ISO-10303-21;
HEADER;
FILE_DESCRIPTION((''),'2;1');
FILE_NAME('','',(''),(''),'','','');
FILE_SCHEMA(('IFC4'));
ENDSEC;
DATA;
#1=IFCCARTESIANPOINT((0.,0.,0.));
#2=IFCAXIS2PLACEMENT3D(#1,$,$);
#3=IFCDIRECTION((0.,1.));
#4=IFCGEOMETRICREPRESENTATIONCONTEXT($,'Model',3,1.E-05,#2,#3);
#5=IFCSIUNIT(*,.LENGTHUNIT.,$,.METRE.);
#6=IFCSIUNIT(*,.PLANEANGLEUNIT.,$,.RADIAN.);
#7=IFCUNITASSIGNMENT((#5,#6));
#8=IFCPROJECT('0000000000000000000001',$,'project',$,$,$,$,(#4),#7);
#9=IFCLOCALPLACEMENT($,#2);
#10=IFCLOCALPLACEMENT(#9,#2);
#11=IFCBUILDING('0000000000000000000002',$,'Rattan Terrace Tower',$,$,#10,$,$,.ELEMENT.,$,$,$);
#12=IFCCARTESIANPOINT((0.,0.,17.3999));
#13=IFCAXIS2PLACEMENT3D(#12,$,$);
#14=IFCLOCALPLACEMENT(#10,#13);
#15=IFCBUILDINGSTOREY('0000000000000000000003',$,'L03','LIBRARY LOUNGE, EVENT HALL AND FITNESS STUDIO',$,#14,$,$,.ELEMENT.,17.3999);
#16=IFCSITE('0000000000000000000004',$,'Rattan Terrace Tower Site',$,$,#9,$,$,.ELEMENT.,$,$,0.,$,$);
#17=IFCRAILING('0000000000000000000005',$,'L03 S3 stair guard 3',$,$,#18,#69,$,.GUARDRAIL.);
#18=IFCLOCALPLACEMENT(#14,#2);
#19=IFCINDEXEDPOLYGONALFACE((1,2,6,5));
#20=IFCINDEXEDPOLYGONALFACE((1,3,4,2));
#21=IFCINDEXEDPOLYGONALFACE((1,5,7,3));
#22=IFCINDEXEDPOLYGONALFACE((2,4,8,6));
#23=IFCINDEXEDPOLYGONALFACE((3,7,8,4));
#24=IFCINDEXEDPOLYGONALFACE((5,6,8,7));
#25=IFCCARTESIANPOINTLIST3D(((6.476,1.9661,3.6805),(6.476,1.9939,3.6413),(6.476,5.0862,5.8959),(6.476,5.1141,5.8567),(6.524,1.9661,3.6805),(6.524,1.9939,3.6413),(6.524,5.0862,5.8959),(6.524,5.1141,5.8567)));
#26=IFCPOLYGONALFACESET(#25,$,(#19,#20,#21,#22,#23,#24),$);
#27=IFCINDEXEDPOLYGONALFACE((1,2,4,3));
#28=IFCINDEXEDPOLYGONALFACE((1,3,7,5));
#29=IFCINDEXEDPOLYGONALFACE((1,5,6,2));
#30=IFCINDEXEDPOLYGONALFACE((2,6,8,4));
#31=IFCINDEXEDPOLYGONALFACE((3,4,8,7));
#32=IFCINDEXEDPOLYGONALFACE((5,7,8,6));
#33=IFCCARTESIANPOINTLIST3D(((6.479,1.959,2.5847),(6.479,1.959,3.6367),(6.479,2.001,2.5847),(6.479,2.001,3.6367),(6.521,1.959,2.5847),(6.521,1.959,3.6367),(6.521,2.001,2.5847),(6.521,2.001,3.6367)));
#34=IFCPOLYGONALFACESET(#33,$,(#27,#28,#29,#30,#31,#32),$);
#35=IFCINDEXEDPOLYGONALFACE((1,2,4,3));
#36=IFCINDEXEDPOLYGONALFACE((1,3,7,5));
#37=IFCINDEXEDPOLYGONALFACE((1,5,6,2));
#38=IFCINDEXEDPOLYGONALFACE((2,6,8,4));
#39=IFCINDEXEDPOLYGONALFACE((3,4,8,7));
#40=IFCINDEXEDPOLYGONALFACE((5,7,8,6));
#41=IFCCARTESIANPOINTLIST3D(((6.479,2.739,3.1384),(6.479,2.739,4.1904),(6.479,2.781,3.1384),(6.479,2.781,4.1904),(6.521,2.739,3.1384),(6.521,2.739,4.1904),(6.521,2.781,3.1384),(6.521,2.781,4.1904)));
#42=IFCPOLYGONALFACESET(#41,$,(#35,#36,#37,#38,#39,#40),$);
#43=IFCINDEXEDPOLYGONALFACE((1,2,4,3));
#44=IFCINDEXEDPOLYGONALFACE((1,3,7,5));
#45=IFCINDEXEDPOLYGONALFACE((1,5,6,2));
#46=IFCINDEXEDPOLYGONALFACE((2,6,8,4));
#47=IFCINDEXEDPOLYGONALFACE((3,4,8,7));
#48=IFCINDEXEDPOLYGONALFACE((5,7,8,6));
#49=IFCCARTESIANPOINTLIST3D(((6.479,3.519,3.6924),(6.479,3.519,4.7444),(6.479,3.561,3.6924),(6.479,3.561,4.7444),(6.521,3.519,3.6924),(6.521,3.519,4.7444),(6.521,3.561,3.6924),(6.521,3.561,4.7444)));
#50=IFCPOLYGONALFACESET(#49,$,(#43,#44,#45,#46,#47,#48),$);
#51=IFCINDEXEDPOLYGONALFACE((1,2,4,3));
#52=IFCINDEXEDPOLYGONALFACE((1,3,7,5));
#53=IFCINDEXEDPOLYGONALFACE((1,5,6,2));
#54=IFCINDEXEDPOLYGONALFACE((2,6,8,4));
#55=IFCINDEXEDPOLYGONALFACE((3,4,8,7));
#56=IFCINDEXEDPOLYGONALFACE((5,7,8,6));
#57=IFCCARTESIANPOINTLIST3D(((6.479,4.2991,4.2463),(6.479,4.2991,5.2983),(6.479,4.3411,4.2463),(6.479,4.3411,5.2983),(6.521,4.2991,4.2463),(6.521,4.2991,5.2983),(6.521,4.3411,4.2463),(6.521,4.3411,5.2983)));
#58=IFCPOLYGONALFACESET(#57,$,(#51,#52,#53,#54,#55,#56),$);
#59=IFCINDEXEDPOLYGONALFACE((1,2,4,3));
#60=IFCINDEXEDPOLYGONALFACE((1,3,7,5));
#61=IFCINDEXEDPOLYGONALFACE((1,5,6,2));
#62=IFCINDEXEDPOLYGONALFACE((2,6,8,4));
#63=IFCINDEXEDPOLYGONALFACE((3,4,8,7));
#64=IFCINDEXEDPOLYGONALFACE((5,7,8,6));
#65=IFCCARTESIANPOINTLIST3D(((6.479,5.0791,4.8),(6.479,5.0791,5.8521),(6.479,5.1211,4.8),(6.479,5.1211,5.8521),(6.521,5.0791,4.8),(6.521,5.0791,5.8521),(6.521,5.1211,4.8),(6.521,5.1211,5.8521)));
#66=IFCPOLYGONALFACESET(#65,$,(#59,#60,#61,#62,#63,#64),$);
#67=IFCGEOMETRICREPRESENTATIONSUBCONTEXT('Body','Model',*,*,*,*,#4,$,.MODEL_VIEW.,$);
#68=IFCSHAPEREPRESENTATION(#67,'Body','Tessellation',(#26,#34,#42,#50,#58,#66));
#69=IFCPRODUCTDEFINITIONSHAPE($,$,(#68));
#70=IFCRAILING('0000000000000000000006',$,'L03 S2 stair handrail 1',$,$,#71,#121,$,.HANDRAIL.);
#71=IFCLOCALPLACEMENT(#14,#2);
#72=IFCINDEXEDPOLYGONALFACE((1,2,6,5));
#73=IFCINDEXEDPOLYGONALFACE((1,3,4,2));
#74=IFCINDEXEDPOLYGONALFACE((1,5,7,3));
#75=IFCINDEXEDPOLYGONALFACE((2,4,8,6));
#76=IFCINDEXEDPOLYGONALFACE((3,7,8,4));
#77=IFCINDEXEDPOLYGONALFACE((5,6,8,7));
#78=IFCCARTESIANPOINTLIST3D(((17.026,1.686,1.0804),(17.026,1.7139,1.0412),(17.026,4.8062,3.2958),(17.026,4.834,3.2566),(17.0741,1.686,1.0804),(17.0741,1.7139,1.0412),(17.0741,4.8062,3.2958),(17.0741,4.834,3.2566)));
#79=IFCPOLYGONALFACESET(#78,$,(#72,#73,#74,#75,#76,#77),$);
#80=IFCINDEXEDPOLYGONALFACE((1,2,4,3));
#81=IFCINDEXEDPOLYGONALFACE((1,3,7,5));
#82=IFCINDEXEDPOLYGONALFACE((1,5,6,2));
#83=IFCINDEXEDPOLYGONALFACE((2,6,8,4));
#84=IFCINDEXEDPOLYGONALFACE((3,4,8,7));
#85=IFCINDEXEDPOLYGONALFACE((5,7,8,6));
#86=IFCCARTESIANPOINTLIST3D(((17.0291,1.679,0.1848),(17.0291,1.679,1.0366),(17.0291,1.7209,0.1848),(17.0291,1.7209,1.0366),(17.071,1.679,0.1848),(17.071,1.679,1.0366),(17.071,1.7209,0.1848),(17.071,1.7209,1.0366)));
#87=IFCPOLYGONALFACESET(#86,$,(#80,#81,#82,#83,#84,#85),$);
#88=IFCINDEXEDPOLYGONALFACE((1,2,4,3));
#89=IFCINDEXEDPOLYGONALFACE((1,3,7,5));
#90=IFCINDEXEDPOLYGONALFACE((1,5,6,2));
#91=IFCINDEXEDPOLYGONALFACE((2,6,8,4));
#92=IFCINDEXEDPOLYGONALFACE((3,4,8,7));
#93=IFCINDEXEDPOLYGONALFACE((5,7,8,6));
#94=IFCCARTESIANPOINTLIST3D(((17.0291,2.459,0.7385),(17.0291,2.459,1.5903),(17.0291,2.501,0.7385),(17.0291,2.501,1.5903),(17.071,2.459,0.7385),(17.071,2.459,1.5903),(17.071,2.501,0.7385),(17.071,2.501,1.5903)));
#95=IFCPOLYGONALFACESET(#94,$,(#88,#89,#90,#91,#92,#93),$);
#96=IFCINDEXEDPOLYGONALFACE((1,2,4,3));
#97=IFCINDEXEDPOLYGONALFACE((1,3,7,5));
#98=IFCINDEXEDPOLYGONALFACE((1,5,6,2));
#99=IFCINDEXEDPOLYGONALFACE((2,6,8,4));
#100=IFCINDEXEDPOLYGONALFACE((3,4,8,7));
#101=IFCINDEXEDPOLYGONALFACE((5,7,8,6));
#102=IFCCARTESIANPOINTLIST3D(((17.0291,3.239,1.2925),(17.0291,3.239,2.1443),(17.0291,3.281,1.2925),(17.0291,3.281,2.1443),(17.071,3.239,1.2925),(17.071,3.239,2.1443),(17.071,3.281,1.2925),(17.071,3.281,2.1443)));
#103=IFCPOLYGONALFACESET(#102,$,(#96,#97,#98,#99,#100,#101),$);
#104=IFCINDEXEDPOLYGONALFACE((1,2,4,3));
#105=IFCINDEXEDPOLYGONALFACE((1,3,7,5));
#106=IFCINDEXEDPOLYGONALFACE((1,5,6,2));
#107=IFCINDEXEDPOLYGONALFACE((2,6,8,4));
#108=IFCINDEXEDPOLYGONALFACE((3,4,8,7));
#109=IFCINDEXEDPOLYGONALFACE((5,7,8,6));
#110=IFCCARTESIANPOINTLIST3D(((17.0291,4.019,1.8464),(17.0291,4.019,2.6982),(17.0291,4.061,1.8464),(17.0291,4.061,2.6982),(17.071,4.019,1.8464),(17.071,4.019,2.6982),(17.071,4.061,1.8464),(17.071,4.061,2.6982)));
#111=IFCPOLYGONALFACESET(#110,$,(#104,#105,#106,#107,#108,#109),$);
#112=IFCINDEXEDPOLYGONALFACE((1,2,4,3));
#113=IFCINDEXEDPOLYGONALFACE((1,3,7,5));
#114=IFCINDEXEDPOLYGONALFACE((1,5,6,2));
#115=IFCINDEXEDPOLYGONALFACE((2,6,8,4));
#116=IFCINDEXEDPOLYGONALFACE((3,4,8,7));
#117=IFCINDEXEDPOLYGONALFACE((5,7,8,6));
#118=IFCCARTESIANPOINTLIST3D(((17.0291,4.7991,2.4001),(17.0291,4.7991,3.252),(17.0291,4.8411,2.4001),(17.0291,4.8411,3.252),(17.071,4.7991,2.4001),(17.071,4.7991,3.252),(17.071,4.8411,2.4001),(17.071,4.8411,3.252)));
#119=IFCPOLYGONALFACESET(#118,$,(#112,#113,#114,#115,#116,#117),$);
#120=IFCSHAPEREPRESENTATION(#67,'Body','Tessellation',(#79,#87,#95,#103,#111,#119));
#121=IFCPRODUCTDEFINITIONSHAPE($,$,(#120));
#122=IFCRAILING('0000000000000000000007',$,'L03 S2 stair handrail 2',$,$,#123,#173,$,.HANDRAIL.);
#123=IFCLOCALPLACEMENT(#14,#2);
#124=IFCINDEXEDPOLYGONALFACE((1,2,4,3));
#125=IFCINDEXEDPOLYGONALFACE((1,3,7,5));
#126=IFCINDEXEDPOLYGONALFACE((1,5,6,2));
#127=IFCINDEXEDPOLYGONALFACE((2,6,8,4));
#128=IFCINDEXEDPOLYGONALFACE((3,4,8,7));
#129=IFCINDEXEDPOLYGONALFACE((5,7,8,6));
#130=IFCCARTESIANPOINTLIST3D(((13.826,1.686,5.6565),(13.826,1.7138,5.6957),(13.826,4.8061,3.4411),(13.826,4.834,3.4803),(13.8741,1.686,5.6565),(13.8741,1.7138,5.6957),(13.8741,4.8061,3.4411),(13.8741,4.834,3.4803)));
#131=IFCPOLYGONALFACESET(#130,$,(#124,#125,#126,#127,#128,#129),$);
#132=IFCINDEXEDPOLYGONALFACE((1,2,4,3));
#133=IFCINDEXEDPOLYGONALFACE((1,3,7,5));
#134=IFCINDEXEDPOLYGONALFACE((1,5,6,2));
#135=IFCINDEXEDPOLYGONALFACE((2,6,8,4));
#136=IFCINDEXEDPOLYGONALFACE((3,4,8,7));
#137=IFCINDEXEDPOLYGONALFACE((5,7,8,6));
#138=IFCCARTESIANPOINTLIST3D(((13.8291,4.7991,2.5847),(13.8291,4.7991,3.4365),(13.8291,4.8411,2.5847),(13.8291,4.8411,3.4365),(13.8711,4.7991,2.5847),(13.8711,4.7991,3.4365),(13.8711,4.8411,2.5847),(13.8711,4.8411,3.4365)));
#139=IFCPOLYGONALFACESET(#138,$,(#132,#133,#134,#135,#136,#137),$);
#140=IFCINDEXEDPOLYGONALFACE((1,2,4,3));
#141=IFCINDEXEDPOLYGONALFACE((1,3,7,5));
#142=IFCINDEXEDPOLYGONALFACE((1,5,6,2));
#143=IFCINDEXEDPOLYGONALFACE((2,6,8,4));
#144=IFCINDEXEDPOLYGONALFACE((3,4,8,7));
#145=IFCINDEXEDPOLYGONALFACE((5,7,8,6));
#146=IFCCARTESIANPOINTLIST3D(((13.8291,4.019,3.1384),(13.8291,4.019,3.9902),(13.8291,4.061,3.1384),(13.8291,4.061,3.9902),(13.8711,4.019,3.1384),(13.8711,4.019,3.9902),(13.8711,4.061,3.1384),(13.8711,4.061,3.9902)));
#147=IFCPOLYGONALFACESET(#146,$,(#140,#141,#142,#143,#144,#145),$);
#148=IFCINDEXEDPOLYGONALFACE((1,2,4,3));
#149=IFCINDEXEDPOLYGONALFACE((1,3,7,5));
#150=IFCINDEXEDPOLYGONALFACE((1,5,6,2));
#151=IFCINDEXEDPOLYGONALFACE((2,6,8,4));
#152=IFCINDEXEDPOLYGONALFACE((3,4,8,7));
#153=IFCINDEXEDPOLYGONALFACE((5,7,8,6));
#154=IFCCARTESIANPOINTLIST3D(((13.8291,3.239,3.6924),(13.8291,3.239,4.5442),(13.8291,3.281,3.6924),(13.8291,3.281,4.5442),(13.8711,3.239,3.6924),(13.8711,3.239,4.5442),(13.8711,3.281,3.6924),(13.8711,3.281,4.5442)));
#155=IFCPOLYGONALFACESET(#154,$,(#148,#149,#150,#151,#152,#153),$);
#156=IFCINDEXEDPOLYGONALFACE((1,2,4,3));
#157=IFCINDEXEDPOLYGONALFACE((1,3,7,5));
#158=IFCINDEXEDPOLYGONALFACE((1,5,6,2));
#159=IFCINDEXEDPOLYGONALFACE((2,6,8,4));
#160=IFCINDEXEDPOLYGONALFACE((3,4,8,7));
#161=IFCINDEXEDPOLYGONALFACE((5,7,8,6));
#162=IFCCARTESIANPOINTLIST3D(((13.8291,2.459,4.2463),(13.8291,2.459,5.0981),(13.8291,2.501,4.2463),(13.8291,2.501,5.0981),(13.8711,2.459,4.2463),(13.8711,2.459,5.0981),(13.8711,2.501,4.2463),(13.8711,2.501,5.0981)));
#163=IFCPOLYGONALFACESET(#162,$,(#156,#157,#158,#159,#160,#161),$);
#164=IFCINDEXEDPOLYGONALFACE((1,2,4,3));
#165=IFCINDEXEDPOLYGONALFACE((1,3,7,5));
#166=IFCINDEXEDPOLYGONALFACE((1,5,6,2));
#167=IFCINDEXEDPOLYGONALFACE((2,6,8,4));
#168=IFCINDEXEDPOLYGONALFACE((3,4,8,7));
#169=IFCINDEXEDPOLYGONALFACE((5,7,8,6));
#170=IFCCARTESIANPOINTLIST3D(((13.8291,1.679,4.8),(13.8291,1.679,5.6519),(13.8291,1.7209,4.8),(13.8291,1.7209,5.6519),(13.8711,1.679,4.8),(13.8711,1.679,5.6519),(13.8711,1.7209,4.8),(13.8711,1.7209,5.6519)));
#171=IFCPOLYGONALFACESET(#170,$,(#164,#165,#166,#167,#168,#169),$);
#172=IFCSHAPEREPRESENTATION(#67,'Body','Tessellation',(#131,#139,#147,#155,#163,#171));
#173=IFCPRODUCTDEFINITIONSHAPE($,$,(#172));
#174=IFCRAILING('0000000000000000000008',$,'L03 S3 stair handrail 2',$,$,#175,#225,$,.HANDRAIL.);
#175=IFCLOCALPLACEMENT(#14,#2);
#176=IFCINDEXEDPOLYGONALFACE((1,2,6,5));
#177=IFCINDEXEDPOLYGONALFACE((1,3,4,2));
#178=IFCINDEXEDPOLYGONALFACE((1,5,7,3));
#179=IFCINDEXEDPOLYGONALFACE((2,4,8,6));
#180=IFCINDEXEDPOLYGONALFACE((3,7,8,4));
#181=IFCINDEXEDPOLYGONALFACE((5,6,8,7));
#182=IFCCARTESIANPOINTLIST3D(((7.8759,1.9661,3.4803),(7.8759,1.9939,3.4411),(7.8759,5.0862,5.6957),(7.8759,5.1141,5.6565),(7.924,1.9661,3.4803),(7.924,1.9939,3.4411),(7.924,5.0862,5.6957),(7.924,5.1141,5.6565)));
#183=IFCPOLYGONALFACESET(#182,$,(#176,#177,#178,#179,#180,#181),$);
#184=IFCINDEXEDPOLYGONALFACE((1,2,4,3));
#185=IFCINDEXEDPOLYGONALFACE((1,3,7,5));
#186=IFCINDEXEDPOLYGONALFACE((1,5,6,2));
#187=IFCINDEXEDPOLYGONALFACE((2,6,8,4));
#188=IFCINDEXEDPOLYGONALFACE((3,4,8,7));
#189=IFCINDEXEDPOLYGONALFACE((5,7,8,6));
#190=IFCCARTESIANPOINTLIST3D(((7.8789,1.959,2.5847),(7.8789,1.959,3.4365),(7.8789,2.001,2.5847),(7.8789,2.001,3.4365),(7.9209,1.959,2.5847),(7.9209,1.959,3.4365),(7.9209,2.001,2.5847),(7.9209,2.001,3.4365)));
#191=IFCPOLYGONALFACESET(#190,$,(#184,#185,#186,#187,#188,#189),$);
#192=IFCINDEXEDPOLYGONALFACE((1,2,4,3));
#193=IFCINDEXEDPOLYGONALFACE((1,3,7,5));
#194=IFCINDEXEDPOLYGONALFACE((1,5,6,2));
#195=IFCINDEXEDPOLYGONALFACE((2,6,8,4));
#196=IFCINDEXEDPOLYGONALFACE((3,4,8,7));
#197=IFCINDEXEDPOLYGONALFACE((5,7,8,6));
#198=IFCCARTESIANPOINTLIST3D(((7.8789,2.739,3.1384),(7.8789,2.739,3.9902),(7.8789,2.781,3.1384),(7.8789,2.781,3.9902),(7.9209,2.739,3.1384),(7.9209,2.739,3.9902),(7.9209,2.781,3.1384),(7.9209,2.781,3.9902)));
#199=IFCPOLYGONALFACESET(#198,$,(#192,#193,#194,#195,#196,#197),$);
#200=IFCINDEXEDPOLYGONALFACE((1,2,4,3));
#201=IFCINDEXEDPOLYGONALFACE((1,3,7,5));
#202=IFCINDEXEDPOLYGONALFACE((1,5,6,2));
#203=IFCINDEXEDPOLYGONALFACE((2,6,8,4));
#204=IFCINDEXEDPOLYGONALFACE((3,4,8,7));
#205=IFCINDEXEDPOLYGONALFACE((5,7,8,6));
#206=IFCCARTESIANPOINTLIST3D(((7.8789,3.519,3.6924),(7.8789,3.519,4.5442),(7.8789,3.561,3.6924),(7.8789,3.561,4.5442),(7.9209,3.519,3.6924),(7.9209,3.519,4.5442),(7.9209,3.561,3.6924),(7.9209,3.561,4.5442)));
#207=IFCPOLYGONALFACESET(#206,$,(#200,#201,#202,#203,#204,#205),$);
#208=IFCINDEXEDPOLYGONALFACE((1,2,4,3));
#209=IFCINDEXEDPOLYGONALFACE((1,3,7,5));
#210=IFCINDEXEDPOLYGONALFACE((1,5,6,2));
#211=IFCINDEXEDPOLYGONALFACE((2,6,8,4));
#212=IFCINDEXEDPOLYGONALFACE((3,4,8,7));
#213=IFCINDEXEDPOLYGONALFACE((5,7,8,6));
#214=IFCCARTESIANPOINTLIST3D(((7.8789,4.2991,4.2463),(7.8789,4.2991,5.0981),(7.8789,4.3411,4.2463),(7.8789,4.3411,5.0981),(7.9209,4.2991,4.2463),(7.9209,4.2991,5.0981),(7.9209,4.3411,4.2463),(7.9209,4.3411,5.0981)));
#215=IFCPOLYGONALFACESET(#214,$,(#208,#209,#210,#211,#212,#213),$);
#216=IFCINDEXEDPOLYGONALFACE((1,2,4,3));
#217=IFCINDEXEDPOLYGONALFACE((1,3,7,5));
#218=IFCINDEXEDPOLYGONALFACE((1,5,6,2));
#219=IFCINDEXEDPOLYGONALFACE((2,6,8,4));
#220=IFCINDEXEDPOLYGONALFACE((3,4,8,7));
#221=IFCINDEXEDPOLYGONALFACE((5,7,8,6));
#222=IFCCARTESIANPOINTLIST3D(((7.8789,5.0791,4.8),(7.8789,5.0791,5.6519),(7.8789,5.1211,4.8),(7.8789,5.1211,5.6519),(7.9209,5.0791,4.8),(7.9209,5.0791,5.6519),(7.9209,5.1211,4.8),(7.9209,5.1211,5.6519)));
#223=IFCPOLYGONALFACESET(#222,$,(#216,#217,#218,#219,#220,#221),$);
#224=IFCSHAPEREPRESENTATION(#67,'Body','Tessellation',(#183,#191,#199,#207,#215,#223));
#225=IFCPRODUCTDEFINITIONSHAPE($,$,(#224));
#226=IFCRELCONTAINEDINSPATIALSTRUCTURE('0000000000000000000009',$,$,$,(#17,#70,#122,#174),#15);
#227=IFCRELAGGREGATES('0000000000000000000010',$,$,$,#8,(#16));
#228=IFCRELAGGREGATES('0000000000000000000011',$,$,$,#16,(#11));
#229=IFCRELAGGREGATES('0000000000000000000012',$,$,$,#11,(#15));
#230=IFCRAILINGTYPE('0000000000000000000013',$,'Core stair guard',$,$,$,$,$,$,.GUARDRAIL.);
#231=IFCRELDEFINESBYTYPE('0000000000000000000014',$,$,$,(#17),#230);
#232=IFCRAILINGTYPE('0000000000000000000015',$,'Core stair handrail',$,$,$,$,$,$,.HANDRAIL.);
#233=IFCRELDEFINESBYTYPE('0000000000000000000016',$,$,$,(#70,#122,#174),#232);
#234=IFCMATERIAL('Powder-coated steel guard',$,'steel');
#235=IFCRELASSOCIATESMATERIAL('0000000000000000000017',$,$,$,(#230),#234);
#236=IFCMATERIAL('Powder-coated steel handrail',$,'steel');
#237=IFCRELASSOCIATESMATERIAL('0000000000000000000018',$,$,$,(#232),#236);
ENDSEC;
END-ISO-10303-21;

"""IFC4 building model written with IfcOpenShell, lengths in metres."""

from ifc_helpers import new_model, si_unit, direction, frame, origin, origin_2d, place, context, subcontext, project, spatial, rectangle, extrude, material, type_object, element, save


model = new_model("IFC4")

# Units and contexts
model_context = context("Model", 3, precision=1e-05, world=origin(), true_north=direction((0.0, 1.0)))
body_context = subcontext(model_context, "Body", "Model", "MODEL_VIEW")
ifc_project = project(units=[si_unit("LENGTHUNIT", "METRE"), si_unit("PLANEANGLEUNIT", "RADIAN")], contexts=[model_context])

# Site, building, storey
site_placement = place(None, origin())
site = spatial("IfcSite", under=ifc_project, at=site_placement, Name="Rattan Terrace Tower Site", CompositionType="ELEMENT", RefElevation=0.0)
building_placement = place(site_placement, origin())
building = spatial("IfcBuilding", under=site, at=building_placement, Name="Rattan Terrace Tower", CompositionType="ELEMENT")
storey_placement = place(building_placement, frame((0.0, 0.0, 17.3999)))
storey = spatial("IfcBuildingStorey", under=building, at=storey_placement, Name="L03", Description="LIBRARY LOUNGE, EVENT HALL AND FITNESS STUDIO", CompositionType="ELEMENT", Elevation=17.3999)

# Railings
ifc_material_1 = material(Name="Powder-coated steel guard", Category="steel")
railing_type_1 = type_object("IfcRailingType", Name="Core stair guard", PredefinedType="GUARDRAIL", material=ifc_material_1)
railing_1_placement = place(storey_placement, frame((6.5, 1.98, 2.5847)))
element("IfcRailing", 1, at=railing_1_placement, inside=storey, type_object=railing_type_1, Name="L03 S3 stair guard 3", PredefinedType="GUARDRAIL", context=body_context, shape_type="SweptSolid", body=[
    extrude(rectangle(XDim=0.0481, YDim=0.0481, at=origin_2d()), frame((0.0, 0.0, 1.0762), z_axis=(0.0, 0.815377, 0.57893), x_axis=(-1.0, 0.0, 0.0)), (0.0, 0.0, 1.0), 3.8267),
    extrude(rectangle(XDim=0.042, YDim=0.042, at=origin_2d()), origin(), (0.0, 0.0, 1.0), 1.052),
    extrude(rectangle(XDim=0.042, YDim=0.042, at=origin_2d()), frame((0.0, 0.78, 0.5537)), (0.0, 0.0, 1.0), 1.052),
    extrude(rectangle(XDim=0.042, YDim=0.042, at=origin_2d()), frame((0.0, 1.5601, 1.1077)), (0.0, 0.0, 1.0), 1.052),
    extrude(rectangle(XDim=0.042, YDim=0.042, at=origin_2d()), frame((0.0, 2.3401, 1.6616)), (0.0, 0.0, 1.0), 1.052),
    extrude(rectangle(XDim=0.042, YDim=0.042, at=origin_2d()), frame((0.0, 3.1201, 2.2153)), (0.0, 0.0, 1.0), 1.052),
])
ifc_material_2 = material(Name="Powder-coated steel handrail", Category="steel")
railing_type_2 = type_object("IfcRailingType", Name="Core stair handrail", PredefinedType="HANDRAIL", material=ifc_material_2)
railing_2_placement = place(storey_placement, frame((17.05, 1.7, 0.1848)))
element("IfcRailing", 2, at=railing_2_placement, inside=storey, type_object=railing_type_2, Name="L03 S2 stair handrail 1", PredefinedType="HANDRAIL", context=body_context, shape_type="SweptSolid", body=[
    extrude(rectangle(XDim=0.0481, YDim=0.0481, at=origin_2d()), frame((0.0, 0.0, 0.876), z_axis=(0.0, 0.815377, 0.57893), x_axis=(-1.0, 0.0, 0.0)), (0.0, 0.0, 1.0), 3.8267),
    extrude(rectangle(XDim=0.042, YDim=0.042, at=origin_2d()), origin(), (0.0, 0.0, 1.0), 0.8518),
    extrude(rectangle(XDim=0.042, YDim=0.042, at=origin_2d()), frame((0.0, 0.78, 0.5537)), (0.0, 0.0, 1.0), 0.8518),
    extrude(rectangle(XDim=0.042, YDim=0.042, at=origin_2d()), frame((0.0, 1.5601, 1.1077)), (0.0, 0.0, 1.0), 0.8518),
    extrude(rectangle(XDim=0.042, YDim=0.042, at=origin_2d()), frame((0.0, 2.3401, 1.6616)), (0.0, 0.0, 1.0), 0.8518),
    extrude(rectangle(XDim=0.042, YDim=0.042, at=origin_2d()), frame((0.0, 3.1201, 2.2153)), (0.0, 0.0, 1.0), 0.8518),
])
railing_3_placement = place(storey_placement, frame((13.8501, 4.8201, 2.5847)))
element("IfcRailing", 3, at=railing_3_placement, inside=storey, type_object=railing_type_2, Name="L03 S2 stair handrail 2", PredefinedType="HANDRAIL", context=body_context, shape_type="SweptSolid", body=[
    extrude(rectangle(XDim=0.0481, YDim=0.0481, at=origin_2d()), frame((0.0, 0.0, 0.876), z_axis=(0.0, -0.815377, 0.57893), x_axis=(1.0, 0.0, 0.0)), (0.0, 0.0, 1.0), 3.8267),
    extrude(rectangle(XDim=0.042, YDim=0.042, at=origin_2d()), origin(), (0.0, 0.0, 1.0), 0.8518),
    extrude(rectangle(XDim=0.042, YDim=0.042, at=origin_2d()), frame((0.0, -0.78, 0.5537)), (0.0, 0.0, 1.0), 0.8518),
    extrude(rectangle(XDim=0.042, YDim=0.042, at=origin_2d()), frame((0.0, -1.5601, 1.1077)), (0.0, 0.0, 1.0), 0.8518),
    extrude(rectangle(XDim=0.042, YDim=0.042, at=origin_2d()), frame((0.0, -2.3401, 1.6616)), (0.0, 0.0, 1.0), 0.8518),
    extrude(rectangle(XDim=0.042, YDim=0.042, at=origin_2d()), frame((0.0, -3.1201, 2.2153)), (0.0, 0.0, 1.0), 0.8518),
])
railing_4_placement = place(storey_placement, frame((7.8999, 1.98, 2.5847)))
element("IfcRailing", 4, at=railing_4_placement, inside=storey, type_object=railing_type_2, Name="L03 S3 stair handrail 2", PredefinedType="HANDRAIL", context=body_context, shape_type="SweptSolid", body=[
    extrude(rectangle(XDim=0.0481, YDim=0.0481, at=origin_2d()), frame((0.0, 0.0, 0.876), z_axis=(0.0, 0.815377, 0.57893), x_axis=(-1.0, 0.0, 0.0)), (0.0, 0.0, 1.0), 3.8267),
    extrude(rectangle(XDim=0.042, YDim=0.042, at=origin_2d()), origin(), (0.0, 0.0, 1.0), 0.8518),
    extrude(rectangle(XDim=0.042, YDim=0.042, at=origin_2d()), frame((0.0, 0.78, 0.5537)), (0.0, 0.0, 1.0), 0.8518),
    extrude(rectangle(XDim=0.042, YDim=0.042, at=origin_2d()), frame((0.0, 1.5601, 1.1077)), (0.0, 0.0, 1.0), 0.8518),
    extrude(rectangle(XDim=0.042, YDim=0.042, at=origin_2d()), frame((0.0, 2.3401, 1.6616)), (0.0, 0.0, 1.0), 0.8518),
    extrude(rectangle(XDim=0.042, YDim=0.042, at=origin_2d()), frame((0.0, 3.1201, 2.2153)), (0.0, 0.0, 1.0), 0.8518),
])

save(model, "model.ifc")
